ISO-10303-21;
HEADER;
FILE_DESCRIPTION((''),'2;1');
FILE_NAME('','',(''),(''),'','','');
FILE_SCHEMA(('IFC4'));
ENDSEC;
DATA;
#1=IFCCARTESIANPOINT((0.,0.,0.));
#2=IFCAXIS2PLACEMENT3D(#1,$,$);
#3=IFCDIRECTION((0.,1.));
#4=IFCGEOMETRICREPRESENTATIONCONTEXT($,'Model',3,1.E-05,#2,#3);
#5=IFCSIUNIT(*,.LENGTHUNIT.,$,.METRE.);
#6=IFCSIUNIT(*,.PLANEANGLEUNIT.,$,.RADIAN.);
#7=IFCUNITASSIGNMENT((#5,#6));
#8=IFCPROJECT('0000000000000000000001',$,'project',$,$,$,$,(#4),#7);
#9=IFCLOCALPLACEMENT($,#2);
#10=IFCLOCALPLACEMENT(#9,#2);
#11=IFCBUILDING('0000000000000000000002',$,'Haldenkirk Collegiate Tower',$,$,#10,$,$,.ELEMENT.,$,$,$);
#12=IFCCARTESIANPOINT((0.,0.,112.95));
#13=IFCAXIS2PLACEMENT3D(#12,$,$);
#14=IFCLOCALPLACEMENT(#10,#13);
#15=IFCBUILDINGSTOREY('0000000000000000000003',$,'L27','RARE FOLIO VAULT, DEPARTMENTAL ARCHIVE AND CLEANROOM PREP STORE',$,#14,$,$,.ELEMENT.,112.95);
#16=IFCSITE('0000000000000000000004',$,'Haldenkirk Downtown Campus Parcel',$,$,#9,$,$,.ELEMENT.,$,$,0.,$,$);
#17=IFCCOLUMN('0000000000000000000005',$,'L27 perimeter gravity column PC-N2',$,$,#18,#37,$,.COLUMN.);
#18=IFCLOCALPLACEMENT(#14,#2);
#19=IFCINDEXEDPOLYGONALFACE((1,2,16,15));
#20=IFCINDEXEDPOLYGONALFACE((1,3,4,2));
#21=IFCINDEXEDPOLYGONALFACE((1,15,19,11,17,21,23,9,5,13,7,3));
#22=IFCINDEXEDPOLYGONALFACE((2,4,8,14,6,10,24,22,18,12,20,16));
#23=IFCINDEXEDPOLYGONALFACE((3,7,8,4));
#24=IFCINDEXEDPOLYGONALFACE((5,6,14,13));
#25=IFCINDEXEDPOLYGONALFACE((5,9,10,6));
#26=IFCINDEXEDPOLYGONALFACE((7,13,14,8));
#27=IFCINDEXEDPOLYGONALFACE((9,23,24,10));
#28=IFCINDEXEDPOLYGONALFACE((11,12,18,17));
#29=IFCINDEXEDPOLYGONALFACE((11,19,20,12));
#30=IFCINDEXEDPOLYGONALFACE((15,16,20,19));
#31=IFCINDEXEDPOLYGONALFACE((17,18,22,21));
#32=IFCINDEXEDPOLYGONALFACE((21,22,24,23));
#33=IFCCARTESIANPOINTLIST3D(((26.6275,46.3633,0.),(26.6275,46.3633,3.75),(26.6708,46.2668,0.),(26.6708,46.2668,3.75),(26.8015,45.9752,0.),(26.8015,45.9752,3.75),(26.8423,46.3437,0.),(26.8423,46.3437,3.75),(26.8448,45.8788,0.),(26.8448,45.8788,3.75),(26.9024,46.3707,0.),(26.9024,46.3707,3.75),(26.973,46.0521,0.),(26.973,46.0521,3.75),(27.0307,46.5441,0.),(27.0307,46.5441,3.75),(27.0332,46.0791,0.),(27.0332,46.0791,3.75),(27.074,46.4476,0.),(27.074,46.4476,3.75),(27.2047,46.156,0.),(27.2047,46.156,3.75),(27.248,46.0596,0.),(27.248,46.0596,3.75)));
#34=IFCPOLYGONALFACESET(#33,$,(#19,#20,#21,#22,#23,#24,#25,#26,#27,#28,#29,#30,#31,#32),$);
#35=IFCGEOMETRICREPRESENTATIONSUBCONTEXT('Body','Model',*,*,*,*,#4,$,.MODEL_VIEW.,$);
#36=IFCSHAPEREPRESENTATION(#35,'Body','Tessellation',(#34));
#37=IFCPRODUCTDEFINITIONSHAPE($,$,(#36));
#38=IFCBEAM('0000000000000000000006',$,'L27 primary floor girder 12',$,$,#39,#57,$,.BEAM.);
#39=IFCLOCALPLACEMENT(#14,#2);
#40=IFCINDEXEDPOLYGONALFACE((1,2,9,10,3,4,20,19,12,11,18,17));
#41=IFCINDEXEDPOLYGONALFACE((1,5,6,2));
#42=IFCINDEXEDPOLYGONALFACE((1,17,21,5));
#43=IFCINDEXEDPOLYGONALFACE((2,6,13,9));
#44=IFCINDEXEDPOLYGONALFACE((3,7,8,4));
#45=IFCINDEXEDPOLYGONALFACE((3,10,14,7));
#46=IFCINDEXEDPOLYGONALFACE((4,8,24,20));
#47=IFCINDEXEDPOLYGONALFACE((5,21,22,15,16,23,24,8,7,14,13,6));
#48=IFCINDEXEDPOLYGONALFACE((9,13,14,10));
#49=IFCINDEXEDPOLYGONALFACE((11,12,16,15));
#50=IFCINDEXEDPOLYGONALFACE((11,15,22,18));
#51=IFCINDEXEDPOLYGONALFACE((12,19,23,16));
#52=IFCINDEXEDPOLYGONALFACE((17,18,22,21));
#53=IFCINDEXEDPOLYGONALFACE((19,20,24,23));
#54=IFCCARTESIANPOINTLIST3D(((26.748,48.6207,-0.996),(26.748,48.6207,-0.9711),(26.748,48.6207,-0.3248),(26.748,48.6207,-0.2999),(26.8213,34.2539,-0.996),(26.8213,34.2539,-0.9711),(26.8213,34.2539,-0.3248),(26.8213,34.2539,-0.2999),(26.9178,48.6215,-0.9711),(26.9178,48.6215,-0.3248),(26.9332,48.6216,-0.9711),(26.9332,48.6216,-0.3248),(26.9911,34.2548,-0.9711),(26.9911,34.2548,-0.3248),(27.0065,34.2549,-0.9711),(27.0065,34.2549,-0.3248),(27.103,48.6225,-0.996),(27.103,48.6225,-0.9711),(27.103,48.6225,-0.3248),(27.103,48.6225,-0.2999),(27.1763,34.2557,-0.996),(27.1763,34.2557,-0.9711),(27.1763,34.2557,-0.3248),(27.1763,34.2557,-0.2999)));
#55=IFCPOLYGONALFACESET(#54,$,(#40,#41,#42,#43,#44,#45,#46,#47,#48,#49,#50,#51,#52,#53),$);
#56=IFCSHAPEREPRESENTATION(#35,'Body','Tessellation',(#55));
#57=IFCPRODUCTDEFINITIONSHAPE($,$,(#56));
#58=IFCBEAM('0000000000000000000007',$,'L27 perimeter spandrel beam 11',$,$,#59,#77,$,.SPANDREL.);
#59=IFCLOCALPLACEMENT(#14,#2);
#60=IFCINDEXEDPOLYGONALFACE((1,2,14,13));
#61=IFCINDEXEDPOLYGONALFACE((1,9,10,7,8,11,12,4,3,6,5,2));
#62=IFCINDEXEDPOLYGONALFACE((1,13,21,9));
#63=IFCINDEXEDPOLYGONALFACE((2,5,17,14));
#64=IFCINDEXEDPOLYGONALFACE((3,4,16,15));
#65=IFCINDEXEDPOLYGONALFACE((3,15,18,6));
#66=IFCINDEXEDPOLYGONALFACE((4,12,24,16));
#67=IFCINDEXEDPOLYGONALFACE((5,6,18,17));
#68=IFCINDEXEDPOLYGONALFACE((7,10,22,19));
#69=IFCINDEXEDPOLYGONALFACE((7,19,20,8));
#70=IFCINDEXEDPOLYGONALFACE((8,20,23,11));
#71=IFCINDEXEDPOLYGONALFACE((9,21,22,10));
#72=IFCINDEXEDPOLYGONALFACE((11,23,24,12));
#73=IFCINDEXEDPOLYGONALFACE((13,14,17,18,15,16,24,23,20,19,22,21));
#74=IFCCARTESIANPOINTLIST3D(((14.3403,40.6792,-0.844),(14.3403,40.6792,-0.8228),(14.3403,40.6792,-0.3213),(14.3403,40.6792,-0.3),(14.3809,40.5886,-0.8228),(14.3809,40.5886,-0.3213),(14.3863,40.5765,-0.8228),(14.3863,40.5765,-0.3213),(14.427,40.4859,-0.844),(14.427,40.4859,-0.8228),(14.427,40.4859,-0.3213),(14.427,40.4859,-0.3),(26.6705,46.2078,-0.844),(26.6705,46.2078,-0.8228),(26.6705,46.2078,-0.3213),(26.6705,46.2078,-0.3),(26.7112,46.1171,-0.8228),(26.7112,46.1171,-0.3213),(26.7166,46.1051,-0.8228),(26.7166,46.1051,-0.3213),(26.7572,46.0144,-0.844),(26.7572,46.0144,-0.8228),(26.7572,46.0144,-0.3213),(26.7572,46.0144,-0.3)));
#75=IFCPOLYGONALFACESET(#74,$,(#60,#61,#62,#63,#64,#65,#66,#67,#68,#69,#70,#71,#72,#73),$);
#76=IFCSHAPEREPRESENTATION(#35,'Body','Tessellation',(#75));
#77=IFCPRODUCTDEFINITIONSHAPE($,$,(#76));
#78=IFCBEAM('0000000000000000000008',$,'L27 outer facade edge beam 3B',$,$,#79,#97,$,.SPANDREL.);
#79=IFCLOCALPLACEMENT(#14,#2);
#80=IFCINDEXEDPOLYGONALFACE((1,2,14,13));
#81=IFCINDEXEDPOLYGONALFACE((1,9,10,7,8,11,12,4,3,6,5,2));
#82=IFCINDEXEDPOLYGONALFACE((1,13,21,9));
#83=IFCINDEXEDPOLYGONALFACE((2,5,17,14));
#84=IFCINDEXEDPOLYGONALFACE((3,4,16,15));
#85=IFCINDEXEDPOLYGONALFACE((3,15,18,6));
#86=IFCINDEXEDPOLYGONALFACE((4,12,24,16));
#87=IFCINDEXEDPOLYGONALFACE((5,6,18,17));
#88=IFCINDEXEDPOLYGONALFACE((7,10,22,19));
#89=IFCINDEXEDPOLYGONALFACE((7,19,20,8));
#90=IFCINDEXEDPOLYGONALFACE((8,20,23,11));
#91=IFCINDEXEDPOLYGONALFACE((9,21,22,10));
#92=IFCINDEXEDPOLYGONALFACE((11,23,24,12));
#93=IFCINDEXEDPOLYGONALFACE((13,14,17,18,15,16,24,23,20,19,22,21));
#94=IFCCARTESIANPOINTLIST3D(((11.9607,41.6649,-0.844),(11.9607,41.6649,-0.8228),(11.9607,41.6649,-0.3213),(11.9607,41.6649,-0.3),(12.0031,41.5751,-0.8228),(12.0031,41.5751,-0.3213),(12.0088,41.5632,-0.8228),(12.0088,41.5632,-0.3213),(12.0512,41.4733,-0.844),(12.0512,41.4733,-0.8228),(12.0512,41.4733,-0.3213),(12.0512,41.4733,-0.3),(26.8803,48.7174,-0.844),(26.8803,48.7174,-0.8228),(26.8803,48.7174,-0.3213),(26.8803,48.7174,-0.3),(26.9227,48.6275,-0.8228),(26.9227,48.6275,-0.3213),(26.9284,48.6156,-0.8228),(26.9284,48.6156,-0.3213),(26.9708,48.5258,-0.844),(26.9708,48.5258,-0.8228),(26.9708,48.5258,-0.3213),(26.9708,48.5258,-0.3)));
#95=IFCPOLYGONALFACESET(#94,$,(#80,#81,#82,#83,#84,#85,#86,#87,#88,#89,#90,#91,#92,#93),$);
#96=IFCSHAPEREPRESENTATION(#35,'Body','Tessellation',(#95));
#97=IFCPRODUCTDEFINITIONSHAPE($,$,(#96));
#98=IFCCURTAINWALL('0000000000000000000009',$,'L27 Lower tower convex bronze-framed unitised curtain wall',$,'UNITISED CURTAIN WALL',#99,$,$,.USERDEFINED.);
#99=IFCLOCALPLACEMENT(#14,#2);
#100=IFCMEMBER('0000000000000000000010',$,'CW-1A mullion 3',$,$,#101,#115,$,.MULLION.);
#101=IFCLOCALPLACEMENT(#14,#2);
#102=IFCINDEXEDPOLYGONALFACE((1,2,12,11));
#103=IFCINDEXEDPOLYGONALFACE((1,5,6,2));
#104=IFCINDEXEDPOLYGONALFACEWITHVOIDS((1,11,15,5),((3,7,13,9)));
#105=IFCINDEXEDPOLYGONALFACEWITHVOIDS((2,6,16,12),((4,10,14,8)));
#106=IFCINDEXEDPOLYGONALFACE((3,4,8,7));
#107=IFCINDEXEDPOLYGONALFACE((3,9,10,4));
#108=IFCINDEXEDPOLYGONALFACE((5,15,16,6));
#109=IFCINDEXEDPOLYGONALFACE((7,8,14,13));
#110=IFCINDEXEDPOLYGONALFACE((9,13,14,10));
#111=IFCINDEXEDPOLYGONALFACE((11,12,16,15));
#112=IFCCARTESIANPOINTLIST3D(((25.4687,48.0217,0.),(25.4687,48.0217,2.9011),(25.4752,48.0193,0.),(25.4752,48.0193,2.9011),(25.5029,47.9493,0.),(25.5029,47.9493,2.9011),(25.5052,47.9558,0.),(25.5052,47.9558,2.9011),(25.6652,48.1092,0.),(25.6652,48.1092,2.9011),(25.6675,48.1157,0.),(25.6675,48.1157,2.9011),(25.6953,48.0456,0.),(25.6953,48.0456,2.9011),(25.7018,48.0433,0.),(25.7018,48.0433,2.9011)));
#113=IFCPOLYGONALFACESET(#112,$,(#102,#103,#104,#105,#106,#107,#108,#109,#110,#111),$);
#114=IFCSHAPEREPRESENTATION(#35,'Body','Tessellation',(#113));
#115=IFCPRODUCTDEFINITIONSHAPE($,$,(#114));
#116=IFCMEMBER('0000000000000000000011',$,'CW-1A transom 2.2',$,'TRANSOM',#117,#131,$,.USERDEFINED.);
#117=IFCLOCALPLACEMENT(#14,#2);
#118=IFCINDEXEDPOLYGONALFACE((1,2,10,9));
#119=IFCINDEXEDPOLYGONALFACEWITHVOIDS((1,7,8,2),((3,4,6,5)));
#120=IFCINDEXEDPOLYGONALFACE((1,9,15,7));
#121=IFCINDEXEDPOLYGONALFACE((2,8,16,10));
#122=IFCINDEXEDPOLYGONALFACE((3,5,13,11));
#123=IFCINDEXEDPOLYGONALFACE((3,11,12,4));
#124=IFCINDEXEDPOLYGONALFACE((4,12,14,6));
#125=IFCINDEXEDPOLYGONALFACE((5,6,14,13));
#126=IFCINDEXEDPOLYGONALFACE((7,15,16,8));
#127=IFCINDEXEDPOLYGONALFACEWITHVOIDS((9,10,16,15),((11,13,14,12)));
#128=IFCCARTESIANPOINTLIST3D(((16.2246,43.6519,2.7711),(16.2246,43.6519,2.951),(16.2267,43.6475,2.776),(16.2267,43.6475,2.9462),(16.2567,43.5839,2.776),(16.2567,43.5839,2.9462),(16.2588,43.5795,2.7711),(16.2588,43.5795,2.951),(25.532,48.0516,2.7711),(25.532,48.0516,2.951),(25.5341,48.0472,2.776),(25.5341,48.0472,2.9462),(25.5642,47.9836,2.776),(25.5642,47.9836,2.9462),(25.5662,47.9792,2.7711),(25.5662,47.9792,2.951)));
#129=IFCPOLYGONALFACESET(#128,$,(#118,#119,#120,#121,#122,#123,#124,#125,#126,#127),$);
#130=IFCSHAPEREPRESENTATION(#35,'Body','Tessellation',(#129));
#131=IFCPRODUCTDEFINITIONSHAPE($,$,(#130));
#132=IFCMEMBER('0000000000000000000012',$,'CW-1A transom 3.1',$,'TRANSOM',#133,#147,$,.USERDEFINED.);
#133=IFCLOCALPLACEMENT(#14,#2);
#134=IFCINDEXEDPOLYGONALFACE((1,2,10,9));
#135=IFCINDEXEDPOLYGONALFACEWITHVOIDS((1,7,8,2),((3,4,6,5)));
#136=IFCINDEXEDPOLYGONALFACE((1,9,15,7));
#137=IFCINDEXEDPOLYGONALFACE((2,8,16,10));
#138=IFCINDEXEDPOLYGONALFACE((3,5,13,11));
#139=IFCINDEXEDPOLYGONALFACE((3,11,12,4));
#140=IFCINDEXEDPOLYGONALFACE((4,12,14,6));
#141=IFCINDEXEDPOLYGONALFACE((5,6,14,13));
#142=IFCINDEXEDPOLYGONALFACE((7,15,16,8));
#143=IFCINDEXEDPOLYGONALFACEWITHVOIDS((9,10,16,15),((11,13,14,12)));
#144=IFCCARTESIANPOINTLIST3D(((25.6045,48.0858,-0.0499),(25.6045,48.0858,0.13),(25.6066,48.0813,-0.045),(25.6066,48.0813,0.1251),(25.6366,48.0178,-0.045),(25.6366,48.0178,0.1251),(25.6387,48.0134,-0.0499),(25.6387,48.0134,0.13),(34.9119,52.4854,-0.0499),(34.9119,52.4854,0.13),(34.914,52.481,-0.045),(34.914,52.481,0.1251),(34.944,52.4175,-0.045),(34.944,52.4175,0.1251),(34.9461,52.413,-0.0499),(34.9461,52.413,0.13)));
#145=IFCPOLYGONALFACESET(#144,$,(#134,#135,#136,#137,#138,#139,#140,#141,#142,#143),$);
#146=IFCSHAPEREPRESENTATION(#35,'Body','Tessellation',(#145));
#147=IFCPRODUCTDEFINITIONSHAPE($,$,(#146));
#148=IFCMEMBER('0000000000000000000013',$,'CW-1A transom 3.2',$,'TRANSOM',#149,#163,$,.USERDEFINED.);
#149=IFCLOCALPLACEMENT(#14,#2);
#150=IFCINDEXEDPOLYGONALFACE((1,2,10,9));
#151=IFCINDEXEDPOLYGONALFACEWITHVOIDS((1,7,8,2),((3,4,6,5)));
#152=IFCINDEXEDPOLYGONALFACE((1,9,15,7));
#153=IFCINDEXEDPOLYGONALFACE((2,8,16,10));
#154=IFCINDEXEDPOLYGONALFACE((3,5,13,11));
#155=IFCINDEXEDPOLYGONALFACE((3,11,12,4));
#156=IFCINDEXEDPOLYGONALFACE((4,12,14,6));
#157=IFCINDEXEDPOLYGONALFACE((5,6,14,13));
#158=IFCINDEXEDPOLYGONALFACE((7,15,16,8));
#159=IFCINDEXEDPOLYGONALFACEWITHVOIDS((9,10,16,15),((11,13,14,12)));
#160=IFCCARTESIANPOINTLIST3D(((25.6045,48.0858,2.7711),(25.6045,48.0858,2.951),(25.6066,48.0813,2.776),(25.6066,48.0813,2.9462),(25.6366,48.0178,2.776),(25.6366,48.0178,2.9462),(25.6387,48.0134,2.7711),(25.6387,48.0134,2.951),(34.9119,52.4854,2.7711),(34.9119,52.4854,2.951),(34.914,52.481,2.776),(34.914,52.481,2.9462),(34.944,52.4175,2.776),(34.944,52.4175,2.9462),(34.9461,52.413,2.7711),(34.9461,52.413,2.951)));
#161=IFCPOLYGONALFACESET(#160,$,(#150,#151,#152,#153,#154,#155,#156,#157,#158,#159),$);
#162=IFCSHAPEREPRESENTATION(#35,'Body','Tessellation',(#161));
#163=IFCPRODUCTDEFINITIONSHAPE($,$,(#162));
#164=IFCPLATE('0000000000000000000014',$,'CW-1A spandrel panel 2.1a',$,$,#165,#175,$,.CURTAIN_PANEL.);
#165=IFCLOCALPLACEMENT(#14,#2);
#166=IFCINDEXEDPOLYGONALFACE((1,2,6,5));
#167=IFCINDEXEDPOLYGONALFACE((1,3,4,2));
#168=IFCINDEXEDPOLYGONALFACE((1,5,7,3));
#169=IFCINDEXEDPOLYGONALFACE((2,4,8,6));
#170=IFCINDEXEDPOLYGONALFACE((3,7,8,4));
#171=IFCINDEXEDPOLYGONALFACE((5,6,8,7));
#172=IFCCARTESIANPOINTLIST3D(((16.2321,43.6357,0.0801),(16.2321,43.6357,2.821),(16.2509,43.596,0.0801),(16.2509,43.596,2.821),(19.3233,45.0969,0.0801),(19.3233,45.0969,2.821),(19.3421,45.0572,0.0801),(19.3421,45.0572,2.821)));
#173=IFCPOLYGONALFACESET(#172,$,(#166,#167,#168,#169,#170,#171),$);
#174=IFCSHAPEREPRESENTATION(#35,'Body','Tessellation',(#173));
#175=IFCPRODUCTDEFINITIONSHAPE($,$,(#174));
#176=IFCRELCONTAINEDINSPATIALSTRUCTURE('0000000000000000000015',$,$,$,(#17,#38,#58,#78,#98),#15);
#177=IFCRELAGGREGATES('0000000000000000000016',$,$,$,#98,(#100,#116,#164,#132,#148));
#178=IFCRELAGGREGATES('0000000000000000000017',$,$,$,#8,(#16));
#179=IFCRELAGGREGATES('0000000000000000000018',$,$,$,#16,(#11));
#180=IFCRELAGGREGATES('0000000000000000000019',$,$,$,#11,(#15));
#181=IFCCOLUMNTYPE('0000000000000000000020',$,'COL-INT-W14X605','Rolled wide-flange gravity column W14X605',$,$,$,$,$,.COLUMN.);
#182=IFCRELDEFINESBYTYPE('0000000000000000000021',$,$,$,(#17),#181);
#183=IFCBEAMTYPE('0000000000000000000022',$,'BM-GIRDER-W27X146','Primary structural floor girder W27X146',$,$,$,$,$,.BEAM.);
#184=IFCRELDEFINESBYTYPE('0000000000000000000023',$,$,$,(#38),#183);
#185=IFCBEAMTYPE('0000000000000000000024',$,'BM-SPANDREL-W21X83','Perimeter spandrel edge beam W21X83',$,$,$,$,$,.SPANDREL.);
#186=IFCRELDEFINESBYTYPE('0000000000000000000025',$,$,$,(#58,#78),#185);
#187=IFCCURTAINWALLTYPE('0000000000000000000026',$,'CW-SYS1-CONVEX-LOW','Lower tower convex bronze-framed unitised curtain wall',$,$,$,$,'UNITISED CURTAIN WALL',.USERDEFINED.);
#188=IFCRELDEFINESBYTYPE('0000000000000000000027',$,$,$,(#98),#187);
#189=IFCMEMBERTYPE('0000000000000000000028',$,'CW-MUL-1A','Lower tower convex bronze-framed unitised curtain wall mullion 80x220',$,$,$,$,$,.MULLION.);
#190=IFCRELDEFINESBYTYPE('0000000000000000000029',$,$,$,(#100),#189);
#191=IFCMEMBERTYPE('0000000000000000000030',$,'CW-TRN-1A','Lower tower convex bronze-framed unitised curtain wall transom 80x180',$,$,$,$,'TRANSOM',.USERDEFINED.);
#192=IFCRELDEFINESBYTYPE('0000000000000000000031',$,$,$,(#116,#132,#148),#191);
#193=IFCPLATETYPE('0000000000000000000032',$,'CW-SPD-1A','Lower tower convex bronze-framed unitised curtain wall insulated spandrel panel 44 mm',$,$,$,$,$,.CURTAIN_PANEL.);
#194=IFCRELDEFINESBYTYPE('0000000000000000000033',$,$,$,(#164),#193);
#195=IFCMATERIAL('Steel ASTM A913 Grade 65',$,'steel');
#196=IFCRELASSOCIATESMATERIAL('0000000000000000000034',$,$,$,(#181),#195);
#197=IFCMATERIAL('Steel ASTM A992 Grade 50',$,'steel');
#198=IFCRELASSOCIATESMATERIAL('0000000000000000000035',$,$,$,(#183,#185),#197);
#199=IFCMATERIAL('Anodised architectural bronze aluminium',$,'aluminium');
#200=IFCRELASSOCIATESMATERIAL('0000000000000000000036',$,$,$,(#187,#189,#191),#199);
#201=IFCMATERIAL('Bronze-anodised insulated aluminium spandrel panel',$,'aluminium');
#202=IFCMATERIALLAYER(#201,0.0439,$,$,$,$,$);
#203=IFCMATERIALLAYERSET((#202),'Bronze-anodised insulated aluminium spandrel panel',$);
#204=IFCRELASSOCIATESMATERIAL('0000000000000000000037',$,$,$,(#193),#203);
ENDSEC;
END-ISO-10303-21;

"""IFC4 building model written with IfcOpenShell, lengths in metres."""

from ifc_helpers import new_model, si_unit, direction, frame, origin, origin_2d, place, context, subcontext, project, spatial, rectangle, hollow_rectangle, i_section, extrude, source, transform, mapped, material, layer, layer_set, material_profile, profile_set, type_object, element, aggregate, save


model = new_model("IFC4")

# Units and contexts
model_context = context("Model", 3, precision=1e-05, world=origin(), true_north=direction((0.0, 1.0)))
body_context = subcontext(model_context, "Body", "Model", "MODEL_VIEW")
ifc_project = project(units=[si_unit("LENGTHUNIT", "METRE"), si_unit("PLANEANGLEUNIT", "RADIAN")], contexts=[model_context])

# Site, building, storey
site_placement = place(None, origin())
site = spatial("IfcSite", under=ifc_project, at=site_placement, Name="Haldenkirk Downtown Campus Parcel", CompositionType="ELEMENT", RefElevation=0.0)
building_placement = place(site_placement, origin())
building = spatial("IfcBuilding", under=site, at=building_placement, Name="Haldenkirk Collegiate Tower", CompositionType="ELEMENT")
storey_placement = place(building_placement, frame((0.0, 0.0, 112.95)))
storey = spatial("IfcBuildingStorey", under=building, at=storey_placement, Name="L27", Description="RARE FOLIO VAULT, DEPARTMENTAL ARCHIVE AND CLEANROOM PREP STORE", CompositionType="ELEMENT", Elevation=112.95)

# Column
ifc_material_1 = material(Name="Steel ASTM A913 Grade 65", Category="steel")
ifc_material_profile_1 = material_profile(ifc_material_1, i_section(OverallWidth=0.4419, OverallDepth=0.531, WebThickness=0.0659, FlangeThickness=0.1057, at=origin_2d()), Name="W14X605")
ifc_profile_set_1 = profile_set([ifc_material_profile_1], Name="Steel ASTM A913 Grade 65")
column_type = type_object("IfcColumnType", Name="COL-INT-W14X605", Description="Rolled wide-flange gravity column W14X605", PredefinedType="COLUMN", material=ifc_profile_set_1)
column_placement = place(storey_placement, frame((26.9377, 46.2114, 0.0), z_axis=(0.0, 0.0, 1.0), x_axis=(0.912477, 0.409127, 0.0)))
element("IfcColumn", 1, at=column_placement, inside=storey, type_object=column_type, Name="L27 perimeter gravity column PC-N2", PredefinedType="COLUMN", context=body_context, shape_type="SweptSolid", body=[
    extrude(i_section(OverallWidth=0.4419, OverallDepth=0.531, WebThickness=0.0659, FlangeThickness=0.1057, at=origin_2d()), origin(), (0.0, 0.0, 1.0), 3.75),
])

# Beams
ifc_material_2 = material(Name="Steel ASTM A992 Grade 50", Category="steel")
ifc_material_profile_2 = material_profile(ifc_material_2, i_section(OverallWidth=0.355, OverallDepth=0.696, WebThickness=0.0154, FlangeThickness=0.0249, at=origin_2d()), Name="W27X146")
ifc_profile_set_2 = profile_set([ifc_material_profile_2], Name="Steel ASTM A992 Grade 50")
beam_type_1 = type_object("IfcBeamType", Name="BM-GIRDER-W27X146", Description="Primary structural floor girder W27X146", PredefinedType="BEAM", material=ifc_profile_set_2)
beam_1_placement = place(storey_placement, frame((26.9255, 48.6216, -0.6479), z_axis=(0.005098, -0.999987, 0.0), x_axis=(0.999987, 0.005098, 0.0)))
element("IfcBeam", 2, at=beam_1_placement, inside=storey, type_object=beam_type_1, Name="L27 primary floor girder 12", PredefinedType="BEAM", context=body_context, shape_type="SweptSolid", body=[
    extrude(i_section(OverallWidth=0.355, OverallDepth=0.696, WebThickness=0.0154, FlangeThickness=0.0249, at=origin_2d()), origin(), (0.0, 0.0, 1.0), 14.3669),
])
ifc_material_profile_3 = material_profile(ifc_material_2, i_section(OverallWidth=0.2119, OverallDepth=0.5439, WebThickness=0.0132, FlangeThickness=0.0212, at=origin_2d()), Name="W21X83")
ifc_profile_set_3 = profile_set([ifc_material_profile_3], Name="Steel ASTM A992 Grade 50")
beam_type_2 = type_object("IfcBeamType", Name="BM-SPANDREL-W21X83", Description="Perimeter spandrel edge beam W21X83", PredefinedType="SPANDREL", material=ifc_profile_set_3)
beam_2_placement = place(storey_placement, frame((26.7139, 46.1111, -0.572), z_axis=(-0.912477, -0.409129, 0.0), x_axis=(0.409129, -0.912477, 0.0)))
element("IfcBeam", 3, at=beam_2_placement, inside=storey, type_object=beam_type_2, Name="L27 perimeter spandrel beam 11", PredefinedType="SPANDREL", context=body_context, shape_type="SweptSolid", body=[
    extrude(i_section(OverallWidth=0.2119, OverallDepth=0.5439, WebThickness=0.0132, FlangeThickness=0.0212, at=origin_2d()), origin(), (0.0, 0.0, 1.0), 13.5129),
])
beam_3_placement = place(storey_placement, frame((26.9255, 48.6216, -0.572), z_axis=(-0.904083, -0.427357, 0.0), x_axis=(0.427357, -0.904083, 0.0)))
element("IfcBeam", 4, at=beam_3_placement, inside=storey, type_object=beam_type_2, Name="L27 outer facade edge beam 3B", PredefinedType="SPANDREL", context=body_context, shape_type="SweptSolid", body=[
    extrude(i_section(OverallWidth=0.2119, OverallDepth=0.5439, WebThickness=0.0132, FlangeThickness=0.0212, at=origin_2d()), origin(), (0.0, 0.0, 1.0), 16.5024),
])

# Curtain wall, members, plate
ifc_material_3 = material(Name="Anodised architectural bronze aluminium", Category="aluminium")
curtain_wall_type = type_object("IfcCurtainWallType", Name="CW-SYS1-CONVEX-LOW", Description="Lower tower convex bronze-framed unitised curtain wall", ElementType="UNITISED CURTAIN WALL", PredefinedType="USERDEFINED", material=ifc_material_3)
curtain_wall_placement = place(storey_placement, origin())
curtain_wall = element("IfcCurtainWall", 5, at=curtain_wall_placement, inside=storey, type_object=curtain_wall_type, Name="L27 Lower tower convex bronze-framed unitised curtain wall", ObjectType="UNITISED CURTAIN WALL", PredefinedType="USERDEFINED")
ifc_material_profile_4 = material_profile(ifc_material_3, hollow_rectangle(XDim=0.0801, YDim=0.22, WallThickness=0.0049, at=origin_2d()), Name="CW-MUL-1A")
ifc_profile_set_4 = profile_set([ifc_material_profile_4], Name="Anodised architectural bronze aluminium")
member_type_1 = type_object("IfcMemberType", Name="CW-MUL-1A", Description="Lower tower convex bronze-framed unitised curtain wall mullion 80x220", PredefinedType="MULLION", material=ifc_profile_set_4)
member_1_placement = place(storey_placement, frame((25.5852, 48.0325, 0.0), z_axis=(0.0, 0.0, 1.0), x_axis=(-0.427359, 0.904082, 0.0)))
member_1 = element("IfcMember", 6, at=member_1_placement, type_object=member_type_1, Name="CW-1A mullion 3", PredefinedType="MULLION", context=body_context, shape_type="SweptSolid", body=[
    extrude(hollow_rectangle(XDim=0.0801, YDim=0.22, WallThickness=0.0049, at=origin_2d()), origin(), (0.0, 0.0, 1.0), 2.9011),
])
ifc_material_profile_5 = material_profile(ifc_material_3, hollow_rectangle(XDim=0.0801, YDim=0.1799, WallThickness=0.0049, at=origin_2d()), Name="CW-TRN-1A")
ifc_profile_set_5 = profile_set([ifc_material_profile_5], Name="Anodised architectural bronze aluminium")
member_type_2 = type_object("IfcMemberType", Name="CW-TRN-1A", Description="Lower tower convex bronze-framed unitised curtain wall transom 80x180", ElementType="TRANSOM", PredefinedType="USERDEFINED", material=ifc_profile_set_5)
member_2_placement = place(storey_placement, frame((16.2417, 43.6157, 2.8611), z_axis=(0.904079, 0.427364, 0.0), x_axis=(-0.427364, 0.904079, 0.0)))
member_2 = element("IfcMember", 7, at=member_2_placement, type_object=member_type_2, Name="CW-1A transom 2.2", ObjectType="TRANSOM", PredefinedType="USERDEFINED", context=body_context, shape_type="SweptSolid", body=[
    extrude(hollow_rectangle(XDim=0.0801, YDim=0.1799, WallThickness=0.0049, at=origin_2d()), origin(), (0.0, 0.0, 1.0), 10.2949),
])
member_3_placement = place(storey_placement, frame((25.6216, 48.0496, 0.04), z_axis=(0.904079, 0.427364, 0.0), x_axis=(-0.427364, 0.904079, 0.0)))
member_3 = element("IfcMember", 8, at=member_3_placement, type_object=member_type_2, Name="CW-1A transom 3.1", ObjectType="TRANSOM", PredefinedType="USERDEFINED", context=body_context, shape_type="SweptSolid", body=[
    extrude(hollow_rectangle(XDim=0.0801, YDim=0.1799, WallThickness=0.0049, at=origin_2d()), origin(), (0.0, 0.0, 1.0), 10.2949),
])
member_4_placement = place(storey_placement, frame((25.6216, 48.0496, 2.8611), z_axis=(0.904079, 0.427364, 0.0), x_axis=(-0.427364, 0.904079, 0.0)))
member_4 = element("IfcMember", 9, at=member_4_placement, type_object=member_type_2, Name="CW-1A transom 3.2", ObjectType="TRANSOM", PredefinedType="USERDEFINED", context=body_context, shape_type="SweptSolid", body=[
    extrude(hollow_rectangle(XDim=0.0801, YDim=0.1799, WallThickness=0.0049, at=origin_2d()), origin(), (0.0, 0.0, 1.0), 10.2949),
])
ifc_material_4 = material(Name="Bronze-anodised insulated aluminium spandrel panel", Category="aluminium")
ifc_layer_1 = layer(ifc_material_4, 0.0439)
ifc_layer_set_1 = layer_set([ifc_layer_1], Name="Bronze-anodised insulated aluminium spandrel panel")
plate_type_1 = type_object("IfcPlateType", Name="CW-SPD-1A", Description="Lower tower convex bronze-framed unitised curtain wall insulated spandrel panel 44 mm", PredefinedType="CURTAIN_PANEL", material=ifc_layer_set_1)
shared_shape_1 = source(origin(), body_context, "Body", "SweptSolid", [
    extrude(rectangle(XDim=3.4192, YDim=0.0439, at=origin_2d()), origin(), (0.0, 0.0, 1.0), 2.741),
])
plate_1_placement = place(storey_placement, frame((17.7871, 44.3464, 0.0801), z_axis=(0.0, 0.0, 1.0), x_axis=(0.904082, 0.427359, 0.0)))
plate_1 = element("IfcPlate", 10, at=plate_1_placement, type_object=plate_type_1, Name="CW-1A spandrel panel 2.1a", PredefinedType="CURTAIN_PANEL", context=body_context, shape_type="MappedRepresentation", body=[
    mapped(shared_shape_1, transform((0.0, 0.0, 0.0), x_axis=(1.0, 0.0, 0.0), y_axis=(0.0, 1.0, 0.0), z_axis=(0.0, 0.0, 1.0), scale=1.0)),
])
aggregate(curtain_wall, [member_1, member_2, plate_1, member_3, member_4])

save(model, "model.ifc")
